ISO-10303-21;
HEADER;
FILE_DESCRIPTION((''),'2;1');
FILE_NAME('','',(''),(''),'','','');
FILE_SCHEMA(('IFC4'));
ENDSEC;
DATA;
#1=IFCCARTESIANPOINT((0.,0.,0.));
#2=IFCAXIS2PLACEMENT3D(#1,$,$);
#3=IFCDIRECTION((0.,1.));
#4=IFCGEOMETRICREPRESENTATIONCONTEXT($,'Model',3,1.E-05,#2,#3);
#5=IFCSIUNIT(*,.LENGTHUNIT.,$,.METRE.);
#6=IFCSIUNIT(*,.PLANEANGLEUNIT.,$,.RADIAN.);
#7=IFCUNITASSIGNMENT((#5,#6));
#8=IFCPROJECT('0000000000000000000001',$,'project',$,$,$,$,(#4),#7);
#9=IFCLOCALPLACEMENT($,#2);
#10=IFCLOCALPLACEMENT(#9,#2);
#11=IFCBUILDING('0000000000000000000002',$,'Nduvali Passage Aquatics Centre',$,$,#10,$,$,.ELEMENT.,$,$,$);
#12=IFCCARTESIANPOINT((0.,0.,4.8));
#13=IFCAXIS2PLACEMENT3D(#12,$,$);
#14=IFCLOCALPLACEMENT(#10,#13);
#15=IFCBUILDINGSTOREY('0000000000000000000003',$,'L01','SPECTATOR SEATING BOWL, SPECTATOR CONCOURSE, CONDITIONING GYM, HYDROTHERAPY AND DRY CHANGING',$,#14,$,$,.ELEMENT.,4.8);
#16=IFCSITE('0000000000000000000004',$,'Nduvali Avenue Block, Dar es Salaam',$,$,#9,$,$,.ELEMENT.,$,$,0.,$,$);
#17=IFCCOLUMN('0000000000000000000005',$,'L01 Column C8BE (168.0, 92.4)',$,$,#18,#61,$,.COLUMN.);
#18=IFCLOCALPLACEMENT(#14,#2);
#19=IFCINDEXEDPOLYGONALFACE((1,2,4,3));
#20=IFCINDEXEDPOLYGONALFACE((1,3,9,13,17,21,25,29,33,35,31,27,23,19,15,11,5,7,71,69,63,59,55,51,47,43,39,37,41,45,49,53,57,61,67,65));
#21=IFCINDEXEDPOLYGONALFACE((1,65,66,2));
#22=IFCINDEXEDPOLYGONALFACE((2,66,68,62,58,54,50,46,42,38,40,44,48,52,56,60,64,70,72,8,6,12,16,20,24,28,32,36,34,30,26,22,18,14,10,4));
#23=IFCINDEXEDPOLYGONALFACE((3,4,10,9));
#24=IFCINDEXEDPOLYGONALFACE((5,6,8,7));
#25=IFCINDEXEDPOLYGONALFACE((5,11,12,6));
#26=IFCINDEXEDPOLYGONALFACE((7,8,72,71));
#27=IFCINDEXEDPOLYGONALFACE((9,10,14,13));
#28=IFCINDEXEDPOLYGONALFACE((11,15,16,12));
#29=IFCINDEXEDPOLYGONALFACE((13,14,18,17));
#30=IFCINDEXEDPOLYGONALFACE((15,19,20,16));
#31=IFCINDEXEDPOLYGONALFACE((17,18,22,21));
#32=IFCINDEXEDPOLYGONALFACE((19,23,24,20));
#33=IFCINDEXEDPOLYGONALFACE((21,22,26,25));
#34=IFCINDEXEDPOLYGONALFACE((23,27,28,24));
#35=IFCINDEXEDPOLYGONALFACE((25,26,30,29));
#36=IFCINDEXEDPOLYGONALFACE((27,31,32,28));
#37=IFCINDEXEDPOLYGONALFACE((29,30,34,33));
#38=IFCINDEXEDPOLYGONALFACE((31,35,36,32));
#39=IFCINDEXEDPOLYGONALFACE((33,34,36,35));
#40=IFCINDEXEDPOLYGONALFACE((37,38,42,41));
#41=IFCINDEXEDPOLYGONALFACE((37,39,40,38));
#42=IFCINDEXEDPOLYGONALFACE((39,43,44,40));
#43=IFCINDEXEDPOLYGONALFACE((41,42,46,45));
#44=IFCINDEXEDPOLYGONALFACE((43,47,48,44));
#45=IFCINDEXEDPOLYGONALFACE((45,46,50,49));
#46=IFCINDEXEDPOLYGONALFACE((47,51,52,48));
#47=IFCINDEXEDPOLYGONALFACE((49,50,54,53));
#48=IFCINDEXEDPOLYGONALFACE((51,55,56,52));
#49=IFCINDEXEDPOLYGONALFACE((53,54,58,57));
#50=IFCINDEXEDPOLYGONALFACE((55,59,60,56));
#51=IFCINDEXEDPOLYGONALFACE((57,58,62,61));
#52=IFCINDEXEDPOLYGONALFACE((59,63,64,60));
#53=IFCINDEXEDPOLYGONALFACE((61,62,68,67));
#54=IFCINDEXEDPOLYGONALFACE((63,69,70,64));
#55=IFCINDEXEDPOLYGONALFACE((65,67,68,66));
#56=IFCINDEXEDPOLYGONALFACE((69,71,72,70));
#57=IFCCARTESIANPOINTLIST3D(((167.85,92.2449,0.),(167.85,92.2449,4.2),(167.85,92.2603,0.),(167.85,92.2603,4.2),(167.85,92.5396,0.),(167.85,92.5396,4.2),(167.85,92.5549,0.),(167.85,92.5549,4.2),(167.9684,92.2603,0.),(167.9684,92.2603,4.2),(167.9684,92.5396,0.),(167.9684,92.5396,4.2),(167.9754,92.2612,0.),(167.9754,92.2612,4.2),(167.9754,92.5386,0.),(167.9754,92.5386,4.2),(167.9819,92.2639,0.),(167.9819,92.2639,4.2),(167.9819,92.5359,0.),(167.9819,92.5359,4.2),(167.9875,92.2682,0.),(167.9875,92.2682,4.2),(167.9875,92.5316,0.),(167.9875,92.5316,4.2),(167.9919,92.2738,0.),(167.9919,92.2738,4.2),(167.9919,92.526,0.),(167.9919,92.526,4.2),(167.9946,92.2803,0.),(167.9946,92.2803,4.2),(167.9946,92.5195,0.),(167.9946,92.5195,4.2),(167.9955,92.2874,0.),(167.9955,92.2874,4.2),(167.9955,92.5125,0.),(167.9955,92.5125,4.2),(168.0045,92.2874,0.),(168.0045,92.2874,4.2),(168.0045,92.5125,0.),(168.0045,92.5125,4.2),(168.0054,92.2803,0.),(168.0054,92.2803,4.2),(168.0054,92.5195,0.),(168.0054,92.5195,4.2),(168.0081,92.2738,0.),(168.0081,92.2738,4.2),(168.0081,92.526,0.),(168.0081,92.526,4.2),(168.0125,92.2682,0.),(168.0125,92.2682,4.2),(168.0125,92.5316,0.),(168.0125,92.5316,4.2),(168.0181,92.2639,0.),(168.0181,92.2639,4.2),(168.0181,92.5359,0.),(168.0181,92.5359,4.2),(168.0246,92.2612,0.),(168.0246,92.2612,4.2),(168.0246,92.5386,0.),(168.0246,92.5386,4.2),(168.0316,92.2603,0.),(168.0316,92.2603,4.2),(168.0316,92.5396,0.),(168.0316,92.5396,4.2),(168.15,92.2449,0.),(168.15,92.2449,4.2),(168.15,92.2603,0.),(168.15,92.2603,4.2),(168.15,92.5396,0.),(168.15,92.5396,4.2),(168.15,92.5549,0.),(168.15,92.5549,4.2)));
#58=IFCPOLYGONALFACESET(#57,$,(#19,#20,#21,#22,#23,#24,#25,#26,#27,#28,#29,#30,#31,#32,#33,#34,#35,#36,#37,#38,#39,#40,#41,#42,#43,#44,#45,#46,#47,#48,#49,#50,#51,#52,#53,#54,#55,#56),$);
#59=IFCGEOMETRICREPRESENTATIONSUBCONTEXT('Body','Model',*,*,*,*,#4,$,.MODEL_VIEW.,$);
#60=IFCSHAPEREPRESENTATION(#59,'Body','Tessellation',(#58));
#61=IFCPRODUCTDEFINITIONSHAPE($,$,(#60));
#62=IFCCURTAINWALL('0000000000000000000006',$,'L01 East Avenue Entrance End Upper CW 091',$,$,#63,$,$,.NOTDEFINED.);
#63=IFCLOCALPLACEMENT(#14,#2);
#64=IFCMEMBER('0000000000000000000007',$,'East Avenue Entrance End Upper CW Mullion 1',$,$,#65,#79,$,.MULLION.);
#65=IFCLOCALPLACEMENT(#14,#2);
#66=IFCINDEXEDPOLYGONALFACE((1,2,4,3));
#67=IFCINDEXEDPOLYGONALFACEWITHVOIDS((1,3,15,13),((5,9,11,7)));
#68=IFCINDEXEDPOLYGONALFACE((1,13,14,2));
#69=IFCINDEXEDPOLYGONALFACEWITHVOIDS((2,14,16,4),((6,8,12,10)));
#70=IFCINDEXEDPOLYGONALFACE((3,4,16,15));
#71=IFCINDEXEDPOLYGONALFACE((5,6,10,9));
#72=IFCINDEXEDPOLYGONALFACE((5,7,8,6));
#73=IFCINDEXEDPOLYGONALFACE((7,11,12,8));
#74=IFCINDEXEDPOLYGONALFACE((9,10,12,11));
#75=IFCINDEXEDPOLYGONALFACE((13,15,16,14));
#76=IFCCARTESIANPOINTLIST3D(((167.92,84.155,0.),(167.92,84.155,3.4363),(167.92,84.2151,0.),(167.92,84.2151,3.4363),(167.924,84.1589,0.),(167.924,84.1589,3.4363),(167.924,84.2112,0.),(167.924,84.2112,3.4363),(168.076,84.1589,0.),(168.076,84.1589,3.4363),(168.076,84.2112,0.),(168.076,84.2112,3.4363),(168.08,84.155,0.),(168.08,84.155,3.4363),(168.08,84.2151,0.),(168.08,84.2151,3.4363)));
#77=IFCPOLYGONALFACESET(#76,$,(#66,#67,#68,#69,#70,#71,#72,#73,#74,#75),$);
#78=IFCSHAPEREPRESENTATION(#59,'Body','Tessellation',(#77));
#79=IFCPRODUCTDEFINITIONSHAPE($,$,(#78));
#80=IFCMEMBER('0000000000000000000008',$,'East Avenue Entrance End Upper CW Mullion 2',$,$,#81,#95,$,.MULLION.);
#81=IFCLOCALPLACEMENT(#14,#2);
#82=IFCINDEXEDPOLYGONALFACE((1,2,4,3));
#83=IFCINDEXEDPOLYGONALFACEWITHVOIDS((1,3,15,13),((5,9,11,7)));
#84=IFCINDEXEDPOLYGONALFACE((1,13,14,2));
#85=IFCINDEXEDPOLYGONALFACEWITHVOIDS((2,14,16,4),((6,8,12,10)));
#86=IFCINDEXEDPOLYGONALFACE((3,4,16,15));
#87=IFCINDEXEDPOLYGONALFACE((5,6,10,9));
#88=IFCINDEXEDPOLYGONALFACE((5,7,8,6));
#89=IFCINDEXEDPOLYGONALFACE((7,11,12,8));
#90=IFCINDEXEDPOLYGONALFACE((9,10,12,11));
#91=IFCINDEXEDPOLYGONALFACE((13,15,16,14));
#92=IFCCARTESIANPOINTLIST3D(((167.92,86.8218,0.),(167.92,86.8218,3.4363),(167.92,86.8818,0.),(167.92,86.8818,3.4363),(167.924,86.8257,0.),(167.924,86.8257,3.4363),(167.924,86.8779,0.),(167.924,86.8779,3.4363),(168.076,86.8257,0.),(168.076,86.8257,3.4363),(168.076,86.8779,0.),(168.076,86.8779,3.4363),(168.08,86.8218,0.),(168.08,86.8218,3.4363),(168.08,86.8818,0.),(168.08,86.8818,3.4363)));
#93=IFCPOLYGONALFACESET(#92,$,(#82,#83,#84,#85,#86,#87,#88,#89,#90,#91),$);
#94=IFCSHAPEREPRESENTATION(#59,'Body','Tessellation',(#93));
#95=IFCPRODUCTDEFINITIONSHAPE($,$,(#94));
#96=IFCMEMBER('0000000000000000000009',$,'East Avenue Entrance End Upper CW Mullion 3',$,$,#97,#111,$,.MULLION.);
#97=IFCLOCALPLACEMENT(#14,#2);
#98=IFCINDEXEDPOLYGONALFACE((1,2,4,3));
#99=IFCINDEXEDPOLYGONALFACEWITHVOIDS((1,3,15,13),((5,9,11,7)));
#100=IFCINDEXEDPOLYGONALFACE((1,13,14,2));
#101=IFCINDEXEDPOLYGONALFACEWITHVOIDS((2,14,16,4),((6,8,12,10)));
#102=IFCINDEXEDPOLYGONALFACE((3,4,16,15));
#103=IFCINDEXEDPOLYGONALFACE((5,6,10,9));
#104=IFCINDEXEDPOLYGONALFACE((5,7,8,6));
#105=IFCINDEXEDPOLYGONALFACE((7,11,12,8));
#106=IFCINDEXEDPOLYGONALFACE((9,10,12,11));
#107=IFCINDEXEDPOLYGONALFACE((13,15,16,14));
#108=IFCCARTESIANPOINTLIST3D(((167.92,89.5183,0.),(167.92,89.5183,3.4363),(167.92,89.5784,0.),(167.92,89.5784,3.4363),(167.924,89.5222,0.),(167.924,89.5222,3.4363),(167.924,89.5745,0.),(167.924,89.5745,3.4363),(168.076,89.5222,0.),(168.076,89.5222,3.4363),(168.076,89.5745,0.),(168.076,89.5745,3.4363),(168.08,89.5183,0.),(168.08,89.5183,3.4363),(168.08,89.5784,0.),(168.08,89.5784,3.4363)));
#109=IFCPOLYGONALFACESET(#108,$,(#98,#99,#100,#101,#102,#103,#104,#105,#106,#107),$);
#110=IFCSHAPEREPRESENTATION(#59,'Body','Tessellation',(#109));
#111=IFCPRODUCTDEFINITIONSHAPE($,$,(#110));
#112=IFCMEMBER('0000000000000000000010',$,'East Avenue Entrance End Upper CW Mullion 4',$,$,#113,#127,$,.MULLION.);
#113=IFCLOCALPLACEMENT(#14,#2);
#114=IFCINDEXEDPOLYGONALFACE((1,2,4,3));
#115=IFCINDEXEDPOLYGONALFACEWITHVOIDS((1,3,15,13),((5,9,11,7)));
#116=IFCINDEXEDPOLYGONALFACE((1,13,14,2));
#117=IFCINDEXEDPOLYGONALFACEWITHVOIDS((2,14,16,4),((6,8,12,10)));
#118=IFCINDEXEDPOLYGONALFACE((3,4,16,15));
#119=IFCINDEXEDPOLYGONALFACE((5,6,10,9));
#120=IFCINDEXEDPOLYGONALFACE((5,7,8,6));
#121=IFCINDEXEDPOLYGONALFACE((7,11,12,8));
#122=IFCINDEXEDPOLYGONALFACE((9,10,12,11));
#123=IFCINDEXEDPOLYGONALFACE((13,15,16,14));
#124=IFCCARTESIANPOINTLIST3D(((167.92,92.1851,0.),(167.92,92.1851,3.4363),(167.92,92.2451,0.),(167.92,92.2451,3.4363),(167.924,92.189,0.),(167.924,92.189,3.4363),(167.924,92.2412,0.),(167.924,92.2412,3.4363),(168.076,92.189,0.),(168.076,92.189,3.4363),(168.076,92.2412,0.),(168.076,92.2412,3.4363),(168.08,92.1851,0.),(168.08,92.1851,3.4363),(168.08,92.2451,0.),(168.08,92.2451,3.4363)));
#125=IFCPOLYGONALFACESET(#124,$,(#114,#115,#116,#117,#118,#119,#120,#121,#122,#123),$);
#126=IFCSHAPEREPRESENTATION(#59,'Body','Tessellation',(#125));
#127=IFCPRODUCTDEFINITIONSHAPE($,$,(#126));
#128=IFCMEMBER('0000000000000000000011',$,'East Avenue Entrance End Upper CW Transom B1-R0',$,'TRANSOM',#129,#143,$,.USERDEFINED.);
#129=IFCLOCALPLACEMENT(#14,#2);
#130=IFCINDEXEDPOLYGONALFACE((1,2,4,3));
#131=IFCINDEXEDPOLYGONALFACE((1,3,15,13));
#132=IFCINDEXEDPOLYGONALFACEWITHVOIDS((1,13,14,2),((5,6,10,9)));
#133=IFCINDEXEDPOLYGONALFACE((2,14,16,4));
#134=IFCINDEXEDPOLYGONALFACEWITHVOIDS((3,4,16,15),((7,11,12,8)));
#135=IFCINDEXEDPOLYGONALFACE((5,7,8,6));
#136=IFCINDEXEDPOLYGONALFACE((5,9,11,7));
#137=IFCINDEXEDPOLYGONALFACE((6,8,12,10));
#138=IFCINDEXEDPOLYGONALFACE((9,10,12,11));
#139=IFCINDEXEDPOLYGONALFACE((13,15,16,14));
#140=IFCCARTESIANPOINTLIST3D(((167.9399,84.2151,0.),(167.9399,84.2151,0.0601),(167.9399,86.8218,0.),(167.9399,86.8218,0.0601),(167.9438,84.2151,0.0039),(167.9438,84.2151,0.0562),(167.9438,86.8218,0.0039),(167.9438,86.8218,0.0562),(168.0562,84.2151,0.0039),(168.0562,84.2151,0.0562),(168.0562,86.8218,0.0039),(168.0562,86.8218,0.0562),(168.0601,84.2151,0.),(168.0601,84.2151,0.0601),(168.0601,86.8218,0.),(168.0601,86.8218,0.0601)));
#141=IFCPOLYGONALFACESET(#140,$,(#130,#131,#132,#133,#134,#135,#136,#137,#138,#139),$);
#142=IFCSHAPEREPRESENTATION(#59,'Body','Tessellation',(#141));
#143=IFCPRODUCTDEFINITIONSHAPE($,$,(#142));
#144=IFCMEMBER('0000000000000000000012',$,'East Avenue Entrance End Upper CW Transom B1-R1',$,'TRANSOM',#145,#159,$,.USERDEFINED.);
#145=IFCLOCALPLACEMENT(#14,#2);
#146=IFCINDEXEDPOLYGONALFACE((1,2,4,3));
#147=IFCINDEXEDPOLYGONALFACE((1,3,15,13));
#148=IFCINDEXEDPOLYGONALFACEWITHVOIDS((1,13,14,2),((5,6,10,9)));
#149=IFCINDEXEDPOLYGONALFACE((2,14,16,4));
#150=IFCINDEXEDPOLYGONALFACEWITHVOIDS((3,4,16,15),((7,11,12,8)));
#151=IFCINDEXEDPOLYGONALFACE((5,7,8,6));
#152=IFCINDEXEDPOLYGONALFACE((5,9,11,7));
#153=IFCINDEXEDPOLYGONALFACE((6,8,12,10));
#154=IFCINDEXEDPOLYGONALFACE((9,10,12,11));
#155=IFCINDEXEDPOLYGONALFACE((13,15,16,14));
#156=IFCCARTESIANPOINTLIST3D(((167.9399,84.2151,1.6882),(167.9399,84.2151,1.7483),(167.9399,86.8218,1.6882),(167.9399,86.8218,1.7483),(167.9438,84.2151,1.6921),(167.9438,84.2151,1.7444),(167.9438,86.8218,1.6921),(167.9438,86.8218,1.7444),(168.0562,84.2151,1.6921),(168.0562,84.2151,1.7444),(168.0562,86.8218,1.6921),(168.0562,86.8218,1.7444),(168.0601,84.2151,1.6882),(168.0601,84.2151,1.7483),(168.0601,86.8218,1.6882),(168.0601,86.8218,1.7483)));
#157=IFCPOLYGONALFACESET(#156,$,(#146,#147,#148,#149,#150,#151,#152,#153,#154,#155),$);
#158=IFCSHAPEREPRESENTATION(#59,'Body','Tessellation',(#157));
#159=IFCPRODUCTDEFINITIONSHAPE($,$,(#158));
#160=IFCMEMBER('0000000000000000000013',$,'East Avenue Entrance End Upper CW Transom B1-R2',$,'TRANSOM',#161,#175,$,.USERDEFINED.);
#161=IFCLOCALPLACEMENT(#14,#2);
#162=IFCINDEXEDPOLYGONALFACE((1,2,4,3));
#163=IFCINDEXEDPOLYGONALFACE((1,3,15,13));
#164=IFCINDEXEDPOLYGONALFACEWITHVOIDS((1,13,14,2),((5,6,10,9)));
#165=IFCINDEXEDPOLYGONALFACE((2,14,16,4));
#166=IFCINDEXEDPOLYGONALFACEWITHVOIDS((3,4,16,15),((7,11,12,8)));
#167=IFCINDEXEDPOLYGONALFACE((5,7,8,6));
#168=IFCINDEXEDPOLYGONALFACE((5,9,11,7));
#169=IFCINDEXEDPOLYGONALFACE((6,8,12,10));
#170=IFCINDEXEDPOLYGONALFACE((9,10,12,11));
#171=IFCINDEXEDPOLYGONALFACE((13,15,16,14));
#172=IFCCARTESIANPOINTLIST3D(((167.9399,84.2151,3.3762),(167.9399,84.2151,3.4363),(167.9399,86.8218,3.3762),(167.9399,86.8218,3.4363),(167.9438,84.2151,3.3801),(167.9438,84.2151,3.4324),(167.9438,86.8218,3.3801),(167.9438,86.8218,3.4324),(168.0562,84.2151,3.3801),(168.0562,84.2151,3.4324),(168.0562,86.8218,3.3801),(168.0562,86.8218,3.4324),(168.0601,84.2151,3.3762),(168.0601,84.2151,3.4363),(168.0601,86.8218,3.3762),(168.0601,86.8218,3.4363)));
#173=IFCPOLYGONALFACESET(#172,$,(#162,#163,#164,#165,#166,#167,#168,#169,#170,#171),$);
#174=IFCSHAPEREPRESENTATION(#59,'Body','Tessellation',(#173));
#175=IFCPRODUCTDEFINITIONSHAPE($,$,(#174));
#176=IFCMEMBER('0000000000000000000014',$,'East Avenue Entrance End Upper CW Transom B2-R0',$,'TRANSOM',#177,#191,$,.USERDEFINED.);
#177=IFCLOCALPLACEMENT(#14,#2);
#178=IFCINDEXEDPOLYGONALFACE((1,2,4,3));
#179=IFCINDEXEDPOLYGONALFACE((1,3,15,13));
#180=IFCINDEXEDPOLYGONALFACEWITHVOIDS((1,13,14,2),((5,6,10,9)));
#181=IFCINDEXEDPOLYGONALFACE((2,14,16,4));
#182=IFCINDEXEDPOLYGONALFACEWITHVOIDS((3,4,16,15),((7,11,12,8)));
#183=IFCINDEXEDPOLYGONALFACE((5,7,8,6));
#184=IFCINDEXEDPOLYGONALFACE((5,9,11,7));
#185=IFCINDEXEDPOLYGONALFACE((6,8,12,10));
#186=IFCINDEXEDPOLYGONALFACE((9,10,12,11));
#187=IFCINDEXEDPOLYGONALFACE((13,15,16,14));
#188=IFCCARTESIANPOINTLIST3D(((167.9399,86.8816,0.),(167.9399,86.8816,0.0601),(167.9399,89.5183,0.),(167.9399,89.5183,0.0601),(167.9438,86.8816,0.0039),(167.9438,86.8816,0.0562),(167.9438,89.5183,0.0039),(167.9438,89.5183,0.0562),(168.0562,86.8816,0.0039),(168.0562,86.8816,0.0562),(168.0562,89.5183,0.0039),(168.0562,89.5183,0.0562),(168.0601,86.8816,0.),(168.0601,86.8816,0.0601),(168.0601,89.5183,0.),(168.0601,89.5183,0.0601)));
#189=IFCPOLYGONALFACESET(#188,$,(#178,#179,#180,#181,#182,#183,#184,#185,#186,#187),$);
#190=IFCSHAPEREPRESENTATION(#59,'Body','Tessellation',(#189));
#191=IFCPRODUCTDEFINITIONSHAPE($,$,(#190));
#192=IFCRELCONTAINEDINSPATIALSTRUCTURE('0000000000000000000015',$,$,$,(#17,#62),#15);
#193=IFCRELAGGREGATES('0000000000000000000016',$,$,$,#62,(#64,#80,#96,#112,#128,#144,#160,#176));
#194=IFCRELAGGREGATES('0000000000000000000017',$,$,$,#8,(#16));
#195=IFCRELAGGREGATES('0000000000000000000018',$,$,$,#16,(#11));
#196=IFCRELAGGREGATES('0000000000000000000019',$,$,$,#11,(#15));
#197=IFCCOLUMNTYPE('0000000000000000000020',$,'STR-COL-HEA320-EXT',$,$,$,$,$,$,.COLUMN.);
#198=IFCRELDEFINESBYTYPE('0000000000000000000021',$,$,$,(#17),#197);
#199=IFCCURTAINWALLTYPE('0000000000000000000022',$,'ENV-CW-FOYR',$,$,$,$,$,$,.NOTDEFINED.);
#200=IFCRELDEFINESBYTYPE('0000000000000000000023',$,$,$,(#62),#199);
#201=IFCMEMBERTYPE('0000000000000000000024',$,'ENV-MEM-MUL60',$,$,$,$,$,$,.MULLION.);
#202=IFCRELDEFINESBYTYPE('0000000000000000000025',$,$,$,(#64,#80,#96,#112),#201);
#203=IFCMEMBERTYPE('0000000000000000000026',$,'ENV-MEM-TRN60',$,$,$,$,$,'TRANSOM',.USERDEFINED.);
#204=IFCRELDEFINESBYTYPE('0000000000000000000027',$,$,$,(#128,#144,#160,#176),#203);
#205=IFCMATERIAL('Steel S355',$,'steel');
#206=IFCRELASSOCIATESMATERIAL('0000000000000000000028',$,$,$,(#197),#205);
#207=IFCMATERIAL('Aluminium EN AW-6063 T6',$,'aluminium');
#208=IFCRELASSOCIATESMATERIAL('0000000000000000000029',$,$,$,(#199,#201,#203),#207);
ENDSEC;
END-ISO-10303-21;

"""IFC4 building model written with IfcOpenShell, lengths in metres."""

from ifc_helpers import new_model, si_unit, direction, frame, origin, origin_2d, place, context, subcontext, project, spatial, hollow_rectangle, i_section, extrude, material, material_profile, profile_set, type_object, element, aggregate, save


model = new_model("IFC4")

# Units and contexts
model_context = context("Model", 3, precision=1e-05, world=origin(), true_north=direction((0.0, 1.0)))
body_context = subcontext(model_context, "Body", "Model", "MODEL_VIEW")
ifc_project = project(units=[si_unit("LENGTHUNIT", "METRE"), si_unit("PLANEANGLEUNIT", "RADIAN")], contexts=[model_context])

# Site, building, storey
site_placement = place(None, origin())
site = spatial("IfcSite", under=ifc_project, at=site_placement, Name="Nduvali Avenue Block, Dar es Salaam", CompositionType="ELEMENT", RefElevation=0.0)
building_placement = place(site_placement, origin())
building = spatial("IfcBuilding", under=site, at=building_placement, Name="Nduvali Passage Aquatics Centre", CompositionType="ELEMENT")
storey_placement = place(building_placement, frame((0.0, 0.0, 4.8)))
storey = spatial("IfcBuildingStorey", under=building, at=storey_placement, Name="L01", Description="SPECTATOR SEATING BOWL, SPECTATOR CONCOURSE, CONDITIONING GYM, HYDROTHERAPY AND DRY CHANGING", CompositionType="ELEMENT", Elevation=4.8)

# Column
ifc_material_1 = material(Name="Steel S355", Category="steel")
ifc_material_profile_1 = material_profile(ifc_material_1, i_section(OverallWidth=0.3, OverallDepth=0.3101, WebThickness=0.009, FlangeThickness=0.0154, FilletRadius=0.0271, at=origin_2d()), Name="HEA 320")
ifc_profile_set_1 = profile_set([ifc_material_profile_1], Name="Steel S355")
column_type = type_object("IfcColumnType", Name="STR-COL-HEA320-EXT", PredefinedType="COLUMN", material=ifc_profile_set_1)
column_placement = place(storey_placement, frame((168.0, 92.3999, 0.0), z_axis=(0.0, 0.0, 1.0), x_axis=(1.0, 0.0, 0.0)))
element("IfcColumn", 1, at=column_placement, inside=storey, type_object=column_type, Name="L01 Column C8BE (168.0, 92.4)", PredefinedType="COLUMN", context=body_context, shape_type="SweptSolid", body=[
    extrude(i_section(OverallWidth=0.3, OverallDepth=0.3101, WebThickness=0.009, FlangeThickness=0.0154, FilletRadius=0.0271, at=origin_2d()), origin(), (0.0, 0.0, 1.0), 4.2),
])

# Curtain wall, members
ifc_material_2 = material(Name="Aluminium EN AW-6063 T6", Category="aluminium")
curtain_wall_type = type_object("IfcCurtainWallType", Name="ENV-CW-FOYR", PredefinedType="NOTDEFINED", material=ifc_material_2)
curtain_wall_placement = place(storey_placement, origin())
curtain_wall = element("IfcCurtainWall", 2, at=curtain_wall_placement, inside=storey, type_object=curtain_wall_type, Name="L01 East Avenue Entrance End Upper CW 091", PredefinedType="NOTDEFINED")
ifc_material_profile_2 = material_profile(ifc_material_2, hollow_rectangle(XDim=0.0601, YDim=0.1599, WallThickness=0.0039, at=origin_2d()), Name="ALU MULLION 60x160x4")
ifc_profile_set_2 = profile_set([ifc_material_profile_2], Name="Aluminium EN AW-6063 T6")
member_type_1 = type_object("IfcMemberType", Name="ENV-MEM-MUL60", PredefinedType="MULLION", material=ifc_profile_set_2)
member_1_placement = place(storey_placement, frame((168.0, 84.1851, 0.0), z_axis=(0.0, 0.0, 1.0), x_axis=(0.0, 1.0, 0.0)))
member_1 = element("IfcMember", 3, at=member_1_placement, type_object=member_type_1, Name="East Avenue Entrance End Upper CW Mullion 1", PredefinedType="MULLION", context=body_context, shape_type="SweptSolid", body=[
    extrude(hollow_rectangle(XDim=0.0601, YDim=0.1599, WallThickness=0.0039, at=origin_2d()), origin(), (0.0, 0.0, 1.0), 3.4363),
])
member_2_placement = place(storey_placement, frame((168.0, 86.8518, 0.0), z_axis=(0.0, 0.0, 1.0), x_axis=(0.0, 1.0, 0.0)))
member_2 = element("IfcMember", 4, at=member_2_placement, type_object=member_type_1, Name="East Avenue Entrance End Upper CW Mullion 2", PredefinedType="MULLION", context=body_context, shape_type="SweptSolid", body=[
    extrude(hollow_rectangle(XDim=0.0601, YDim=0.1599, WallThickness=0.0039, at=origin_2d()), origin(), (0.0, 0.0, 1.0), 3.4363),
])
member_3_placement = place(storey_placement, frame((168.0, 89.5483, 0.0), z_axis=(0.0, 0.0, 1.0), x_axis=(0.0, 1.0, 0.0)))
member_3 = element("IfcMember", 5, at=member_3_placement, type_object=member_type_1, Name="East Avenue Entrance End Upper CW Mullion 3", PredefinedType="MULLION", context=body_context, shape_type="SweptSolid", body=[
    extrude(hollow_rectangle(XDim=0.0601, YDim=0.1599, WallThickness=0.0039, at=origin_2d()), origin(), (0.0, 0.0, 1.0), 3.4363),
])
member_4_placement = place(storey_placement, frame((168.0, 92.2151, 0.0), z_axis=(0.0, 0.0, 1.0), x_axis=(0.0, 1.0, 0.0)))
member_4 = element("IfcMember", 6, at=member_4_placement, type_object=member_type_1, Name="East Avenue Entrance End Upper CW Mullion 4", PredefinedType="MULLION", context=body_context, shape_type="SweptSolid", body=[
    extrude(hollow_rectangle(XDim=0.0601, YDim=0.1599, WallThickness=0.0039, at=origin_2d()), origin(), (0.0, 0.0, 1.0), 3.4363),
])
ifc_material_profile_3 = material_profile(ifc_material_2, hollow_rectangle(XDim=0.1201, YDim=0.0601, WallThickness=0.0039, at=origin_2d()), Name="ALU TRANSOM 120x60x4")
ifc_profile_set_3 = profile_set([ifc_material_profile_3], Name="Aluminium EN AW-6063 T6")
member_type_2 = type_object("IfcMemberType", Name="ENV-MEM-TRN60", ElementType="TRANSOM", PredefinedType="USERDEFINED", material=ifc_profile_set_3)
member_5_placement = place(storey_placement, frame((168.0, 84.2151, 0.03), z_axis=(0.0, 1.0, 0.0), x_axis=(-1.0, 0.0, 0.0)))
member_5 = element("IfcMember", 7, at=member_5_placement, type_object=member_type_2, Name="East Avenue Entrance End Upper CW Transom B1-R0", ObjectType="TRANSOM", PredefinedType="USERDEFINED", context=body_context, shape_type="SweptSolid", body=[
    extrude(hollow_rectangle(XDim=0.1201, YDim=0.0601, WallThickness=0.0039, at=origin_2d()), origin(), (0.0, 0.0, 1.0), 2.6067),
])
member_6_placement = place(storey_placement, frame((168.0, 84.2151, 1.7183), z_axis=(0.0, 1.0, 0.0), x_axis=(-1.0, 0.0, 0.0)))
member_6 = element("IfcMember", 8, at=member_6_placement, type_object=member_type_2, Name="East Avenue Entrance End Upper CW Transom B1-R1", ObjectType="TRANSOM", PredefinedType="USERDEFINED", context=body_context, shape_type="SweptSolid", body=[
    extrude(hollow_rectangle(XDim=0.1201, YDim=0.0601, WallThickness=0.0039, at=origin_2d()), origin(), (0.0, 0.0, 1.0), 2.6067),
])
member_7_placement = place(storey_placement, frame((168.0, 84.2151, 3.4062), z_axis=(0.0, 1.0, 0.0), x_axis=(-1.0, 0.0, 0.0)))
member_7 = element("IfcMember", 9, at=member_7_placement, type_object=member_type_2, Name="East Avenue Entrance End Upper CW Transom B1-R2", ObjectType="TRANSOM", PredefinedType="USERDEFINED", context=body_context, shape_type="SweptSolid", body=[
    extrude(hollow_rectangle(XDim=0.1201, YDim=0.0601, WallThickness=0.0039, at=origin_2d()), origin(), (0.0, 0.0, 1.0), 2.6067),
])
member_8_placement = place(storey_placement, frame((168.0, 86.8816, 0.03), z_axis=(0.0, 1.0, 0.0), x_axis=(-1.0, 0.0, 0.0)))
member_8 = element("IfcMember", 10, at=member_8_placement, type_object=member_type_2, Name="East Avenue Entrance End Upper CW Transom B2-R0", ObjectType="TRANSOM", PredefinedType="USERDEFINED", context=body_context, shape_type="SweptSolid", body=[
    extrude(hollow_rectangle(XDim=0.1201, YDim=0.0601, WallThickness=0.0039, at=origin_2d()), origin(), (0.0, 0.0, 1.0), 2.6367),
])

aggregate(curtain_wall, [member_1, member_2, member_3, member_4, member_5, member_6, member_7, member_8])

save(model, "model.ifc")
